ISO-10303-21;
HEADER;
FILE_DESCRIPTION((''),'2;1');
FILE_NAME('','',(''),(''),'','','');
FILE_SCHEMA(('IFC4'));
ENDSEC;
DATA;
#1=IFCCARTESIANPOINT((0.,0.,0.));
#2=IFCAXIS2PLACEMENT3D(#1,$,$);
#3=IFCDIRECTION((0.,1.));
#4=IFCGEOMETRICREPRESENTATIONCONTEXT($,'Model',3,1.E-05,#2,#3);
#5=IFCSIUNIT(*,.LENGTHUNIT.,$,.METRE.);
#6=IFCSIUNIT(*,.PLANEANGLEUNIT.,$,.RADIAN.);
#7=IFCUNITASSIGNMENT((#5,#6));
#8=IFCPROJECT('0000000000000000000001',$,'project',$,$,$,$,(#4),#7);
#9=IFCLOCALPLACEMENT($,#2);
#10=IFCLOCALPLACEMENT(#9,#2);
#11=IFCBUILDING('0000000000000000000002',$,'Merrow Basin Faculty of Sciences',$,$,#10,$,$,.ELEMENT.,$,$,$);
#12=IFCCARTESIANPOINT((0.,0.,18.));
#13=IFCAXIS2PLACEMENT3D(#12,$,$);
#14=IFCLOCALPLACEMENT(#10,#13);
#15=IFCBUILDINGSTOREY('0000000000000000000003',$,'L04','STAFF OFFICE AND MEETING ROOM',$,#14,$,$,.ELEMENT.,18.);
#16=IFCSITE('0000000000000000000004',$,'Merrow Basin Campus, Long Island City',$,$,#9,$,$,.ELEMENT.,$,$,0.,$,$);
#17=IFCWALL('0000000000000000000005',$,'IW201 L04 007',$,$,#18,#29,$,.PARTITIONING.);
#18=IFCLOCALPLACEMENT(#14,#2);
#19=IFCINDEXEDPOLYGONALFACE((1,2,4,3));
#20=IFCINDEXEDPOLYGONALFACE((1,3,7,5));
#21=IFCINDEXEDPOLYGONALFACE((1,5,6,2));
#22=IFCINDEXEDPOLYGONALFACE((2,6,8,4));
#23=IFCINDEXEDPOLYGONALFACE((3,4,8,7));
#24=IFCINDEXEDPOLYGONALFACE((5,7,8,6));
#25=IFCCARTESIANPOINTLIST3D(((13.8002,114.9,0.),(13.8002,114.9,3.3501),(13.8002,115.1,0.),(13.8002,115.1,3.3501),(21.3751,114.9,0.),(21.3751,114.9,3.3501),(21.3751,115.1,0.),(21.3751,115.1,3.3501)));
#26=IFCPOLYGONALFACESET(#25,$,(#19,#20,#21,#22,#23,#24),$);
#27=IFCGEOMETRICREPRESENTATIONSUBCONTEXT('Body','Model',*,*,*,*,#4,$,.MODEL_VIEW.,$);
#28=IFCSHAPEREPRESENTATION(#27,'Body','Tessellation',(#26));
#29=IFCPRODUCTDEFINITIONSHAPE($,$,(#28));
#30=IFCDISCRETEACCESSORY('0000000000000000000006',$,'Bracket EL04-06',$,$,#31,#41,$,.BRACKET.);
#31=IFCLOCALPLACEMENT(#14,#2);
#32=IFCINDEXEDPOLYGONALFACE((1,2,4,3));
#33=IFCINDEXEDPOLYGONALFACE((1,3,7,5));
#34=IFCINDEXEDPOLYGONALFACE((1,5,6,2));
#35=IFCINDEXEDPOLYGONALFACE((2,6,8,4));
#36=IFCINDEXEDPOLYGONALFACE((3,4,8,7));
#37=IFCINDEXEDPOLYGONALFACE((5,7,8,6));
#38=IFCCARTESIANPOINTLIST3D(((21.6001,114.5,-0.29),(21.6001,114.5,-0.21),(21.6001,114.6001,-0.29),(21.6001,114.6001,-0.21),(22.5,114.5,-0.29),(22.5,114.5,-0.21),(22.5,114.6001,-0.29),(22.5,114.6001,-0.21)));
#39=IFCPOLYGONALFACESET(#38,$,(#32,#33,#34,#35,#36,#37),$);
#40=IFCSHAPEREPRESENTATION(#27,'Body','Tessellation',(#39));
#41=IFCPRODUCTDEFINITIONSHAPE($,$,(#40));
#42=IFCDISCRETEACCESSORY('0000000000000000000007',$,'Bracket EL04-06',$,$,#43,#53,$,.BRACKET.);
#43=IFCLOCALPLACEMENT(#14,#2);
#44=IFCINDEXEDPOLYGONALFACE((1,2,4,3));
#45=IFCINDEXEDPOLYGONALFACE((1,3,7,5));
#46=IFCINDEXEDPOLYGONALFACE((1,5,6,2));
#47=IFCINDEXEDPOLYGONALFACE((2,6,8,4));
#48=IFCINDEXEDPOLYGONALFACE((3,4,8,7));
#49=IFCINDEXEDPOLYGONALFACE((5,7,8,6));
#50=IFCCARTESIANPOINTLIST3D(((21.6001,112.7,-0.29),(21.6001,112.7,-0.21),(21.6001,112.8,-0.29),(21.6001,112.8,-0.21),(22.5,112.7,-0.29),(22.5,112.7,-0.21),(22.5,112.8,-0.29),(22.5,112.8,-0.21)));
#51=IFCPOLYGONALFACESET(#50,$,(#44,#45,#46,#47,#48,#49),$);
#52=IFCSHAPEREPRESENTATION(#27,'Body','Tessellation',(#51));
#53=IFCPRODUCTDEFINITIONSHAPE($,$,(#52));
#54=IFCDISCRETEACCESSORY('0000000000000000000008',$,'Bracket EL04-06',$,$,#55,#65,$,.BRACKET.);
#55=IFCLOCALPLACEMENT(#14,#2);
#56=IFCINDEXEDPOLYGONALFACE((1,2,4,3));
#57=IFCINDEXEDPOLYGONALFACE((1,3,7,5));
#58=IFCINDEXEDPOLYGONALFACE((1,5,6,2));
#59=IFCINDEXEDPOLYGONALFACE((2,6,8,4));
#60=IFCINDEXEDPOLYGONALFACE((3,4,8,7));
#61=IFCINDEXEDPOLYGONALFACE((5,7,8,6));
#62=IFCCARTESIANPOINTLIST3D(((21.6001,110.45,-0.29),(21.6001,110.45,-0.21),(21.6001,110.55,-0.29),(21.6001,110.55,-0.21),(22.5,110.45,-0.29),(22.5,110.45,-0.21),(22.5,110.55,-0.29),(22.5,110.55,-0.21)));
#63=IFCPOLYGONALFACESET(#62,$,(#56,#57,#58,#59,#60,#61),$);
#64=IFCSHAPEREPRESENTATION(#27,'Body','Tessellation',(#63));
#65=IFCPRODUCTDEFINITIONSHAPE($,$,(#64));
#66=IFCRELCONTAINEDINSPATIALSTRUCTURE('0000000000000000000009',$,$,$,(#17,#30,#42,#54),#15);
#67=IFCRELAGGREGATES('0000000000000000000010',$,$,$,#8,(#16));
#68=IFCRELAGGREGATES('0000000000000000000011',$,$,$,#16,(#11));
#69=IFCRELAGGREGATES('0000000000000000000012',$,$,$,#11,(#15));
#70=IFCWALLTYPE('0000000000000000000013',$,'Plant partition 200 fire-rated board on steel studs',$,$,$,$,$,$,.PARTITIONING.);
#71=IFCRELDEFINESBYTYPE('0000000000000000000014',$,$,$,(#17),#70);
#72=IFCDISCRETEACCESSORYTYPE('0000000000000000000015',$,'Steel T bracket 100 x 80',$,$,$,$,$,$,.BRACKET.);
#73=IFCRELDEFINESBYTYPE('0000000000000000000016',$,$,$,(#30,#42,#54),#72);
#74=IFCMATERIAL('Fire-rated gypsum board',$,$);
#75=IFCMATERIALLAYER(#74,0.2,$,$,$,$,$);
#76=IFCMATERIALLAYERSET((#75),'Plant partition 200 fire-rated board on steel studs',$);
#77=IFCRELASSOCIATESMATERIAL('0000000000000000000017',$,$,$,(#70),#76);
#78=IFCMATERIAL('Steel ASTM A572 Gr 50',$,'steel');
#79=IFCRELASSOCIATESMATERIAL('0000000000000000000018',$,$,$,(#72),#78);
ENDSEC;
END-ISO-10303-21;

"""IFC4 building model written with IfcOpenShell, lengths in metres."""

from ifc_helpers import new_model, si_unit, direction, frame, frame_2d, origin, place, context, subcontext, project, spatial, polyline, rectangle, outline, extrude, source, transform, mapped, material, layer, layer_set, type_object, element, save


model = new_model("IFC4")

# Units and contexts
model_context = context("Model", 3, precision=1e-05, world=origin(), true_north=direction((0.0, 1.0)))
body_context = subcontext(model_context, "Body", "Model", "MODEL_VIEW")
ifc_project = project(units=[si_unit("LENGTHUNIT", "METRE"), si_unit("PLANEANGLEUNIT", "RADIAN")], contexts=[model_context])

# Site, building, storey
site_placement = place(None, origin())
site = spatial("IfcSite", under=ifc_project, at=site_placement, Name="Merrow Basin Campus, Long Island City", CompositionType="ELEMENT", RefElevation=0.0)
building_placement = place(site_placement, origin())
building = spatial("IfcBuilding", under=site, at=building_placement, Name="Merrow Basin Faculty of Sciences", CompositionType="ELEMENT")
storey_placement = place(building_placement, frame((0.0, 0.0, 18.0)))
storey = spatial("IfcBuildingStorey", under=building, at=storey_placement, Name="L04", Description="STAFF OFFICE AND MEETING ROOM", CompositionType="ELEMENT", Elevation=18.0)

# Wall
ifc_material_1 = material(Name="Fire-rated gypsum board")
ifc_layer_1 = layer(ifc_material_1, 0.2)
ifc_layer_set_1 = layer_set([ifc_layer_1], Name="Plant partition 200 fire-rated board on steel studs")
wall_type = type_object("IfcWallType", Name="Plant partition 200 fire-rated board on steel studs", PredefinedType="PARTITIONING", material=ifc_layer_set_1)
wall_placement = place(storey_placement, frame((13.8, 115.0, 0.0), z_axis=(0.0, 0.0, 1.0), x_axis=(1.0, 0.0, 0.0)))
element("IfcWall", 1, at=wall_placement, inside=storey, type_object=wall_type, Name="IW201 L04 007", PredefinedType="PARTITIONING", context=body_context, shape_type="SweptSolid", body=[
    extrude(rectangle(XDim=7.575, YDim=0.2, at=frame_2d((3.7876, 0.0))), origin(), (0.0, 0.0, 1.0), 3.3501),
])

# Discrete accessories
ifc_material_2 = material(Name="Steel ASTM A572 Gr 50", Category="steel")
discrete_accessory_type = type_object("IfcDiscreteAccessoryType", Name="Steel T bracket 100 x 80", PredefinedType="BRACKET", material=ifc_material_2)
shared_shape_1 = source(origin(), body_context, "Body", "SweptSolid", [
    extrude(outline(polyline([(0.0, 0.0), (0.1001, 0.0), (0.1001, 0.0801), (0.0, 0.0801), (0.0, 0.0)])), origin(), (0.0, 0.0, 1.0), 0.8999),
])
for number, where, z_axis, x_axis, name in (
    (2, (22.5, 114.6001, -0.29), (-1.0, 0.0, 0.0), (0.0, -1.0, 0.0), "Bracket EL04-06"),
    (3, (22.5, 112.8, -0.29), (-1.0, 0.0, 0.0), (0.0, -1.0, 0.0), "Bracket EL04-06"),
    (4, (22.5, 110.55, -0.29), (-1.0, 0.0, 0.0), (0.0, -1.0, 0.0), "Bracket EL04-06"),
):
    element("IfcDiscreteAccessory", number, at=place(storey_placement, frame(where, z_axis=z_axis, x_axis=x_axis)), inside=storey, type_object=discrete_accessory_type, Name=name, PredefinedType="BRACKET", context=body_context, shape_type="MappedRepresentation", body=[
        mapped(shared_shape_1, transform((0.0, 0.0, 0.0), scale=1.0)),
    ])

save(model, "model.ifc")
